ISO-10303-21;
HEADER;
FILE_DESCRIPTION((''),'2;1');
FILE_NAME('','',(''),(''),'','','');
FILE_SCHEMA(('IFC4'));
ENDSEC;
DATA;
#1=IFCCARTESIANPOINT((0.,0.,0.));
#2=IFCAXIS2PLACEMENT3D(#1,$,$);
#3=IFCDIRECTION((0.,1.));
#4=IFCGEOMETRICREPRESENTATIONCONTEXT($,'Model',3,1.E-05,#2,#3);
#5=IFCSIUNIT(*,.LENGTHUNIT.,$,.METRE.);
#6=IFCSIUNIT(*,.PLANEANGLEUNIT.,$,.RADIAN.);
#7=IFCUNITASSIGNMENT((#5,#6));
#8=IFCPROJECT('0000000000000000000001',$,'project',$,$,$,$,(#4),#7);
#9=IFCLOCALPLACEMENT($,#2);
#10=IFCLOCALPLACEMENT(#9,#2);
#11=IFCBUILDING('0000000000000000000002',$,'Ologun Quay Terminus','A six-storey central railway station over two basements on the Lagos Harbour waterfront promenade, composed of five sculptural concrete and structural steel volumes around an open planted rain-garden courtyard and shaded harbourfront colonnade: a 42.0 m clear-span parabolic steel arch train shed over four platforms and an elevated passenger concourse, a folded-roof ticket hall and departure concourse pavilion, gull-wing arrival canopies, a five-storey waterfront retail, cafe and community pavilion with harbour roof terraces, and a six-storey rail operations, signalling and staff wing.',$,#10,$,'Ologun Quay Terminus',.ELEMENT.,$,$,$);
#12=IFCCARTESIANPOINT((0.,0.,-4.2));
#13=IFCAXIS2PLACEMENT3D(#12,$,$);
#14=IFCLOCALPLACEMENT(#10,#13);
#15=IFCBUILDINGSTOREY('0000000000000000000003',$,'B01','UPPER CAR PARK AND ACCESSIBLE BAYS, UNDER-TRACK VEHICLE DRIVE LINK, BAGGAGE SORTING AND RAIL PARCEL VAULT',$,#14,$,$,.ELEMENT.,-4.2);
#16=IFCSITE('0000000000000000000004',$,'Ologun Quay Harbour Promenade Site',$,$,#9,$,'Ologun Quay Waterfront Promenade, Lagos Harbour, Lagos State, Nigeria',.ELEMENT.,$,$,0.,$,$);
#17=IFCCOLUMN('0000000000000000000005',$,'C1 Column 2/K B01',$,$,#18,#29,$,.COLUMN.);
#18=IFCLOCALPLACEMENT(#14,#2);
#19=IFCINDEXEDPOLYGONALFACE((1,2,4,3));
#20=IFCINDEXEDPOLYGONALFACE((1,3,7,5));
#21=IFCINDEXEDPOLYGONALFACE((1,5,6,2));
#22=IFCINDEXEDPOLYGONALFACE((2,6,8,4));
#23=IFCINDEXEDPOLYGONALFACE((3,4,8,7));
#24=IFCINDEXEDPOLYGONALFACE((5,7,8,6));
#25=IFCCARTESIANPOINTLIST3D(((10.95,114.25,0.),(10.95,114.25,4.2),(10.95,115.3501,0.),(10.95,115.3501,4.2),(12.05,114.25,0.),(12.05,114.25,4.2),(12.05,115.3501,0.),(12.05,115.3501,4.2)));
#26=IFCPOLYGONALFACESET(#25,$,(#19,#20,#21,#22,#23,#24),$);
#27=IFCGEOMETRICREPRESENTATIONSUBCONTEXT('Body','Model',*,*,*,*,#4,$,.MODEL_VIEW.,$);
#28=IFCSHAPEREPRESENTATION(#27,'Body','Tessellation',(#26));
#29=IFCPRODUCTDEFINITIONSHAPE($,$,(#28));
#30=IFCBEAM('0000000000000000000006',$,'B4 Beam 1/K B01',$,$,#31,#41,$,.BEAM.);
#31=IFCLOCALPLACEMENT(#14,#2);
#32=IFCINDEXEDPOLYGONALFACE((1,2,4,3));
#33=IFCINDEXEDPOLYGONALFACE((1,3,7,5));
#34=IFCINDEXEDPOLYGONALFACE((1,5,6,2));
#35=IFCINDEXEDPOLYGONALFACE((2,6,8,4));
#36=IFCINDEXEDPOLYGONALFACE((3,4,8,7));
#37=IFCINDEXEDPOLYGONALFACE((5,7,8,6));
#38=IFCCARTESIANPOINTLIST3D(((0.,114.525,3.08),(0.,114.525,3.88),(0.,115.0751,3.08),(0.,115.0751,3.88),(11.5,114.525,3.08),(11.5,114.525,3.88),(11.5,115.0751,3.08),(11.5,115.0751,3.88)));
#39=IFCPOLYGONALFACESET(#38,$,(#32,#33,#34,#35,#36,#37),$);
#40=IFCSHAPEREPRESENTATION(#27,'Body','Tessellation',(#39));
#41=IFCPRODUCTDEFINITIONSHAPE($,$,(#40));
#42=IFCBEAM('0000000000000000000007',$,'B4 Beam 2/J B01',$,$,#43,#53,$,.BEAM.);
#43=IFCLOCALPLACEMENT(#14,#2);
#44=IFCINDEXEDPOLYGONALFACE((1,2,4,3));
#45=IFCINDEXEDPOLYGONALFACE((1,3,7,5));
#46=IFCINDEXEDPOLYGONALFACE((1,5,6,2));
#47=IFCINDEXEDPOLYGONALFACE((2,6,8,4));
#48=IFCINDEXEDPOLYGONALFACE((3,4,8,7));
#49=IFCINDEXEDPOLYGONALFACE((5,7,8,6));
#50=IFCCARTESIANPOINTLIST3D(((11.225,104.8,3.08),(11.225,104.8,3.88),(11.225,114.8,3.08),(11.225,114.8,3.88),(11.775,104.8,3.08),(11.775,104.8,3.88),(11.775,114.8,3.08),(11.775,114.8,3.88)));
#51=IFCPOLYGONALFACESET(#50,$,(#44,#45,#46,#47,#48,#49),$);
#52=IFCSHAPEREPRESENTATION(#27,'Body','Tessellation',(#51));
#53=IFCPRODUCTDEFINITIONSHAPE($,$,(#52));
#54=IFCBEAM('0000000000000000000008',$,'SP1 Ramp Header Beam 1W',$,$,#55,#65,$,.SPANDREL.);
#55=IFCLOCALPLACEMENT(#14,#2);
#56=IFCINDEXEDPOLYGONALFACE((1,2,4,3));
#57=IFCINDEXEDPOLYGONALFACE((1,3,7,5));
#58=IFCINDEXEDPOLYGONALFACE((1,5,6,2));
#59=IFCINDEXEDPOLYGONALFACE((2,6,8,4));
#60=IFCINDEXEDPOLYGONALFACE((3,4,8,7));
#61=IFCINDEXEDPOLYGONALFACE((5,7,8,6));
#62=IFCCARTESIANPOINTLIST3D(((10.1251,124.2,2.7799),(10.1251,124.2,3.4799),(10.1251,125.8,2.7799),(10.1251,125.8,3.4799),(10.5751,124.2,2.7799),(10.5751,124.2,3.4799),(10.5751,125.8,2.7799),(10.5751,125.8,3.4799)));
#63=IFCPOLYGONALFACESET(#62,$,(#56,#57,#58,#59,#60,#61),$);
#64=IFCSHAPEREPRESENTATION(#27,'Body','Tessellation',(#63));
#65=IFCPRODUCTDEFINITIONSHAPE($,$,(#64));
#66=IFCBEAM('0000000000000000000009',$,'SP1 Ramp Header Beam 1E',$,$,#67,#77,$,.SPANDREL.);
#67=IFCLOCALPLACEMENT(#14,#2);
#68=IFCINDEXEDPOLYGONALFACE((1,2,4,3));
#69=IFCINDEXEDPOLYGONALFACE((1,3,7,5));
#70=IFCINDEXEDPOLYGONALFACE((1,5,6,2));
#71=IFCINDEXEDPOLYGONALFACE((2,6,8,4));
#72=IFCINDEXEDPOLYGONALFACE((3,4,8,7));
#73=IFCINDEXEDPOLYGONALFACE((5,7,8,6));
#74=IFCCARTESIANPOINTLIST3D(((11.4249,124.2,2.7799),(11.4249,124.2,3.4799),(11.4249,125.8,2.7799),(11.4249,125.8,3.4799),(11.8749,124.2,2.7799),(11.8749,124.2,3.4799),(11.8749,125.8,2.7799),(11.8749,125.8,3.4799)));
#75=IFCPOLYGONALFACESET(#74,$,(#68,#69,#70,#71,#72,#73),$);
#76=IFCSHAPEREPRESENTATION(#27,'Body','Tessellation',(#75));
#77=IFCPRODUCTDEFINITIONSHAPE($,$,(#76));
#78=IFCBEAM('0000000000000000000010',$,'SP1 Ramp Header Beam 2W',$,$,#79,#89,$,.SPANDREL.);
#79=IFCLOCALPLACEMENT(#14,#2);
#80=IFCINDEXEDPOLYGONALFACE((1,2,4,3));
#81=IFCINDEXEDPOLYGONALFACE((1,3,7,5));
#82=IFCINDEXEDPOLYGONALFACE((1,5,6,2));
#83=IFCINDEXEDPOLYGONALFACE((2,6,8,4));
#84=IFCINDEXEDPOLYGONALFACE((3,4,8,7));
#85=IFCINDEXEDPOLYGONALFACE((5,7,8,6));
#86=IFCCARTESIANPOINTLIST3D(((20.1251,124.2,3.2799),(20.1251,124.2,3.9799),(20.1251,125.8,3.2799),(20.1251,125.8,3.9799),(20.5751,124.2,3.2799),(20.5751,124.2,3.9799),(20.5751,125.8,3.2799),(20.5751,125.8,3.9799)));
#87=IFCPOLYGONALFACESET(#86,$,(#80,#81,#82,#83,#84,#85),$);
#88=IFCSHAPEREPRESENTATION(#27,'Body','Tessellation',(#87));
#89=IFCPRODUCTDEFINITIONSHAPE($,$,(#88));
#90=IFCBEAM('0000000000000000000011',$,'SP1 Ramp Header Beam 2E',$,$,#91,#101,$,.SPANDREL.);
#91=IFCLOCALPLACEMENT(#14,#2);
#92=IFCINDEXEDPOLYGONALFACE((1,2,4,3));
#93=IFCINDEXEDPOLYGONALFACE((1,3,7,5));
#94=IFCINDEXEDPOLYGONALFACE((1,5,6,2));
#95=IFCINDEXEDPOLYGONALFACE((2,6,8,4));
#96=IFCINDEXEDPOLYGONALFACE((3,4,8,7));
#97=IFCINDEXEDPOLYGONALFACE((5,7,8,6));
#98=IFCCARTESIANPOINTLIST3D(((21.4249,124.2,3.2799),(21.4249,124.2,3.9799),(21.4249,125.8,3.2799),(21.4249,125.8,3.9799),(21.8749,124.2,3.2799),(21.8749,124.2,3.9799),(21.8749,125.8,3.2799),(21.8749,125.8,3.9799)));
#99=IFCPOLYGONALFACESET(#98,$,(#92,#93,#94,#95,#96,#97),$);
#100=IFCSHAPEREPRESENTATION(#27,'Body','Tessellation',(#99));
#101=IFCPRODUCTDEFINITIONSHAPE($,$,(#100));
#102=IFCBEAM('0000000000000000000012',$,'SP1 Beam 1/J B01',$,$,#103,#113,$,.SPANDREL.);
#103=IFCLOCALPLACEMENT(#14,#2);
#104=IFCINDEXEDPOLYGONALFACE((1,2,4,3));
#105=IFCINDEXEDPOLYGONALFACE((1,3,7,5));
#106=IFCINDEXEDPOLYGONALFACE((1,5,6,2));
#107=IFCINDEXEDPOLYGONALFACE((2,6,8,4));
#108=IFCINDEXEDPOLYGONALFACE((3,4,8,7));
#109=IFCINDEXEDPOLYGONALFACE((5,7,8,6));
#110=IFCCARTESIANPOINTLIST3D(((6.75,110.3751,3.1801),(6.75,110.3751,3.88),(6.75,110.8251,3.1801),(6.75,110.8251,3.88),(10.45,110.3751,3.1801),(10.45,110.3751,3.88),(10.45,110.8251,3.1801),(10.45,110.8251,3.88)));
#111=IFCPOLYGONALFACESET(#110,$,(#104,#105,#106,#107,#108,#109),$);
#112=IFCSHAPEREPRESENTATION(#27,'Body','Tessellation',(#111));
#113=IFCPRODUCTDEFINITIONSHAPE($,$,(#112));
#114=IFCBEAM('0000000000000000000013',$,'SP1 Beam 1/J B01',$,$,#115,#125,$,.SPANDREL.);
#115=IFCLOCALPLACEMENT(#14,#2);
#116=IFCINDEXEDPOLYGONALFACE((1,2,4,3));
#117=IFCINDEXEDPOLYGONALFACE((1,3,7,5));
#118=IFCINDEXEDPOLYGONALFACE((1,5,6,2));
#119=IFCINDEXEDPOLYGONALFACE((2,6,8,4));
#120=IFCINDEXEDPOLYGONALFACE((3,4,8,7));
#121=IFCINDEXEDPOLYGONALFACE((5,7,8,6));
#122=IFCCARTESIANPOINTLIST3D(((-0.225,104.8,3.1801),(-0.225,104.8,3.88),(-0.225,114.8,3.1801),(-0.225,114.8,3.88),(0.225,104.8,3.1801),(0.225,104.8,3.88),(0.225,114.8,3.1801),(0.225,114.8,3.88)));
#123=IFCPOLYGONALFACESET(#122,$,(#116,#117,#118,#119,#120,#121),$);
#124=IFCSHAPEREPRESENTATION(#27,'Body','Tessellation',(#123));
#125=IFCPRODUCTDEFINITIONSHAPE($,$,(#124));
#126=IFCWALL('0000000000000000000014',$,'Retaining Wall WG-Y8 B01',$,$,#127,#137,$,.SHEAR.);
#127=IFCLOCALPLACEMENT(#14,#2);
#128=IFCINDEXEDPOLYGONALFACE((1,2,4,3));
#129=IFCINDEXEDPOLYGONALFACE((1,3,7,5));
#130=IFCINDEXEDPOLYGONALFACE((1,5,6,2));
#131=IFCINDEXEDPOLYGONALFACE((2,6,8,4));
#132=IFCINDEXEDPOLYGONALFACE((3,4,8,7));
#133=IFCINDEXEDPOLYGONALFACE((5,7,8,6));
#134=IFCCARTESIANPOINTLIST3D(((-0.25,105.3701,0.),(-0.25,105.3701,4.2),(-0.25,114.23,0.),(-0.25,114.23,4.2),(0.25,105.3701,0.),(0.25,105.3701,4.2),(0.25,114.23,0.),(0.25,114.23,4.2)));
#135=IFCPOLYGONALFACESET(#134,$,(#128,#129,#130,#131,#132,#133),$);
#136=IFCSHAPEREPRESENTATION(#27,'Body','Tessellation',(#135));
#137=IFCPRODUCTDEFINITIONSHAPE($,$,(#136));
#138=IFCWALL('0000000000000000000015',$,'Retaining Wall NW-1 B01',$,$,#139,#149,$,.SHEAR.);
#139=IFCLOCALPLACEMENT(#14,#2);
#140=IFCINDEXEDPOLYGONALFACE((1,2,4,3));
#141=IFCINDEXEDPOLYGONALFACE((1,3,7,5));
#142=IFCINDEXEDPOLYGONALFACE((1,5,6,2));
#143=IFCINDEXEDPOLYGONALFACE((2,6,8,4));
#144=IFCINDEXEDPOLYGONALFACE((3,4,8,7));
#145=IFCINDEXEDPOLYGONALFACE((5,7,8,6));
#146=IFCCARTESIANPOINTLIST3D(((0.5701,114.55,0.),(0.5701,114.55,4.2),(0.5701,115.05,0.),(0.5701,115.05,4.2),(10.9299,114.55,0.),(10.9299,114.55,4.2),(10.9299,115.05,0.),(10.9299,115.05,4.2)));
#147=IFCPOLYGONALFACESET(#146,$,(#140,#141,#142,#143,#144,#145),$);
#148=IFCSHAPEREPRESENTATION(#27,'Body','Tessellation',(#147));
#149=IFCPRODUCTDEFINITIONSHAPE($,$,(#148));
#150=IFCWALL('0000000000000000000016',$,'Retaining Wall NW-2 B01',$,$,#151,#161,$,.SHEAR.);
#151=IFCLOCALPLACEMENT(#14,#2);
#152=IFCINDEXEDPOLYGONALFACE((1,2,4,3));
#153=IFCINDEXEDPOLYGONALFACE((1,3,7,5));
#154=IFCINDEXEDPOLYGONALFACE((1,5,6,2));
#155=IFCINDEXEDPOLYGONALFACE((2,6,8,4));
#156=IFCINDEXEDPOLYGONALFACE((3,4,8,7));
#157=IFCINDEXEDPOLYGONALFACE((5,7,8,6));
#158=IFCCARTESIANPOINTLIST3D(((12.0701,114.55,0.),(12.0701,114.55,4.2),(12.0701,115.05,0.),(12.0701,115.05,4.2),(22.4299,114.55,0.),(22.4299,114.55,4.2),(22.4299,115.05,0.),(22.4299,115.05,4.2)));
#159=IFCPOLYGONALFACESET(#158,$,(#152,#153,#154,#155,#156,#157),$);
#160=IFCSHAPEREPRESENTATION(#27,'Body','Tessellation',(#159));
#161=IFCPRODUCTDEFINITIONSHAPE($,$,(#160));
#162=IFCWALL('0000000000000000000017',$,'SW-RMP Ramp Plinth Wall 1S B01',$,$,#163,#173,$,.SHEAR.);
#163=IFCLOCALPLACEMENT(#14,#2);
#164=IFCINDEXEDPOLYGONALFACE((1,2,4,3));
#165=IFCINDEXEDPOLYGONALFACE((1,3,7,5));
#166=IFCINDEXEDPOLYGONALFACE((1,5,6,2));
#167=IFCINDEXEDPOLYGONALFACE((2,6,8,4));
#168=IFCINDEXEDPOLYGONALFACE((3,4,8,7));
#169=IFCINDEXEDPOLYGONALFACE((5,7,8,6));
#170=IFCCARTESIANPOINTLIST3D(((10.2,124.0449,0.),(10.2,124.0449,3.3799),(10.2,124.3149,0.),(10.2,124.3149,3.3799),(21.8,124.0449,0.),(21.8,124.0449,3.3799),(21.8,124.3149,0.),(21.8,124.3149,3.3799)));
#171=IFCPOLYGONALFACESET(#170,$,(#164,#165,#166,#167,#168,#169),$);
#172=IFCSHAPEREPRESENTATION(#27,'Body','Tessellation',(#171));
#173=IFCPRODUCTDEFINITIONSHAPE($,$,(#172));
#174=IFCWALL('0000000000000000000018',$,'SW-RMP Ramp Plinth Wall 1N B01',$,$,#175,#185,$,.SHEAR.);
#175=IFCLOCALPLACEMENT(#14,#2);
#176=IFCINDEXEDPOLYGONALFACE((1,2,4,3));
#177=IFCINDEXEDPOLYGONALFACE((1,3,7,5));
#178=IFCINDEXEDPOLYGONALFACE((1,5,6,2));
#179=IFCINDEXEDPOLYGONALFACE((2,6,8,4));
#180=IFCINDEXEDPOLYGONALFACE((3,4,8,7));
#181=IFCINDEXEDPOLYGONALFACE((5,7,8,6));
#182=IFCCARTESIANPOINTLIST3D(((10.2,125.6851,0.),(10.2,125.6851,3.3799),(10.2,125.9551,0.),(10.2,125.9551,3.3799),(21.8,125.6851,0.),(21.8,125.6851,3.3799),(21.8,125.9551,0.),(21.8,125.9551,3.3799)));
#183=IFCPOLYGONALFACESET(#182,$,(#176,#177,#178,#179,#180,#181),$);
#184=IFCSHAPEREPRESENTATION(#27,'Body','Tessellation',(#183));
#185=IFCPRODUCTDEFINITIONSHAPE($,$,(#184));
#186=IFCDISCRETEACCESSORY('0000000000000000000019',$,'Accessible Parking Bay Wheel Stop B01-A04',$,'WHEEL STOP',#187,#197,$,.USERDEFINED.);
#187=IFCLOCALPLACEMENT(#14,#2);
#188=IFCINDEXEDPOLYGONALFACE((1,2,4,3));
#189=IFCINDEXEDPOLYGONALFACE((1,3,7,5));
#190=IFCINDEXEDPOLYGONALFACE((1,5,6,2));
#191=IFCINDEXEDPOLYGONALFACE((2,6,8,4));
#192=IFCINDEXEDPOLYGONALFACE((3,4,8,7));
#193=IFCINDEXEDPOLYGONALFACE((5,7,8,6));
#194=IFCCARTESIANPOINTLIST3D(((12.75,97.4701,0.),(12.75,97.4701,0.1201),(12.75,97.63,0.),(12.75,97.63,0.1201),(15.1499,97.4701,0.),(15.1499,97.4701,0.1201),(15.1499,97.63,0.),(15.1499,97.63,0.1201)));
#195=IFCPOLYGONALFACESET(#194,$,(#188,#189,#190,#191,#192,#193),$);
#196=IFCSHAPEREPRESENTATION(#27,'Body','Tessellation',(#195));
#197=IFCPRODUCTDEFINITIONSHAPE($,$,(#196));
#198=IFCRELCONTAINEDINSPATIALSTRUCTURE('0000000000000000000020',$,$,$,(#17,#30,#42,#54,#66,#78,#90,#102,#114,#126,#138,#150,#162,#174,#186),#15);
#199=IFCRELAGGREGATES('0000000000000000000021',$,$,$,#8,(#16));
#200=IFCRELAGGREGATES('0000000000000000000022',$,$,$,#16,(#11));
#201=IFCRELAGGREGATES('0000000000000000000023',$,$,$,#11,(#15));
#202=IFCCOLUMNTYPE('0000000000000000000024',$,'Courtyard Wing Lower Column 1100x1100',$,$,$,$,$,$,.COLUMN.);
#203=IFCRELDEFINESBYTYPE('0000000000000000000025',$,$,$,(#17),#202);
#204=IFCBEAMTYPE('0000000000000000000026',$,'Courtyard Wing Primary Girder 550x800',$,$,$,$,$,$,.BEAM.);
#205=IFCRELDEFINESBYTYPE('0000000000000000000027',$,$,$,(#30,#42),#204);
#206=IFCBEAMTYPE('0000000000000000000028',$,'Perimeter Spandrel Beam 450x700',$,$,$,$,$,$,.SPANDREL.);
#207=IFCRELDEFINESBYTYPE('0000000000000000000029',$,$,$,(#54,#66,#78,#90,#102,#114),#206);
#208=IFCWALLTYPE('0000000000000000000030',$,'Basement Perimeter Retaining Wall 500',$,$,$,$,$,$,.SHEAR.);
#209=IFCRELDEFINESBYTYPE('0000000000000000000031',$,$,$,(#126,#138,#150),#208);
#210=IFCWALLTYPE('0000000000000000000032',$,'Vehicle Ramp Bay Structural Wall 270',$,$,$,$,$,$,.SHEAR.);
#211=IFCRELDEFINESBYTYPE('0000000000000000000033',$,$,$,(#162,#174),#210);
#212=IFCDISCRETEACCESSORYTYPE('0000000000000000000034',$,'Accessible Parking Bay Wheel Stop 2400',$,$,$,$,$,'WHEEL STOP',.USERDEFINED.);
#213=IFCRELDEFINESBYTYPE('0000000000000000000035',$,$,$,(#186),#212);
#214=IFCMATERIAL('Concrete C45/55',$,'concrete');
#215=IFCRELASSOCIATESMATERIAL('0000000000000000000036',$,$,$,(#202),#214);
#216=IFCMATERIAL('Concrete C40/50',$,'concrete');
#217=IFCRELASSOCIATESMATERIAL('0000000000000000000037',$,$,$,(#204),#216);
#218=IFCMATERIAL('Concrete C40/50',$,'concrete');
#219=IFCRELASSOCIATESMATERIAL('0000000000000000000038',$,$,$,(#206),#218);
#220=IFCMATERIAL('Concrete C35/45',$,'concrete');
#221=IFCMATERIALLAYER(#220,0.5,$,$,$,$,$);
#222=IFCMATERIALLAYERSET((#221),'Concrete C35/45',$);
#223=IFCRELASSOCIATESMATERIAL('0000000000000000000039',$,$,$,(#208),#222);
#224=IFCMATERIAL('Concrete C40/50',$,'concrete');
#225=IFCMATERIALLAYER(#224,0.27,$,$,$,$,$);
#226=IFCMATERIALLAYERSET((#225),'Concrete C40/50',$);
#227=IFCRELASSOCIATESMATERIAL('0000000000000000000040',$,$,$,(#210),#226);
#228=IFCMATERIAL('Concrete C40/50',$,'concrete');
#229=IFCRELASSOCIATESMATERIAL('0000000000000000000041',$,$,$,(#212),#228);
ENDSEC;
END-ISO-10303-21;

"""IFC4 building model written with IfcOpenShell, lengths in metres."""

from ifc_helpers import new_model, si_unit, direction, frame, frame_2d, origin, origin_2d, place, context, subcontext, project, spatial, rectangle, extrude, material, layer, layer_set, material_profile, profile_set, type_object, element, save


model = new_model("IFC4")

# Units and contexts
model_context = context("Model", 3, precision=1e-05, world=origin(), true_north=direction((0.0, 1.0)))
body_context = subcontext(model_context, "Body", "Model", "MODEL_VIEW")
ifc_project = project(units=[si_unit("LENGTHUNIT", "METRE"), si_unit("PLANEANGLEUNIT", "RADIAN")], contexts=[model_context])

# Site, building, storey
site_placement = place(None, origin())
site = spatial("IfcSite", under=ifc_project, at=site_placement, Name="Ologun Quay Harbour Promenade Site", LongName="Ologun Quay Waterfront Promenade, Lagos Harbour, Lagos State, Nigeria", CompositionType="ELEMENT", RefElevation=0.0)
building_placement = place(site_placement, origin())
building = spatial("IfcBuilding", under=site, at=building_placement, Name="Ologun Quay Terminus", Description="A six-storey central railway station over two basements on the Lagos Harbour waterfront promenade, composed of five sculptural concrete and structural steel volumes around an open planted rain-garden courtyard and shaded harbourfront colonnade: a 42.0 m clear-span parabolic steel arch train shed over four platforms and an elevated passenger concourse, a folded-roof ticket hall and departure concourse pavilion, gull-wing arrival canopies, a five-storey waterfront retail, cafe and community pavilion with harbour roof terraces, and a six-storey rail operations, signalling and staff wing.", LongName="Ologun Quay Terminus", CompositionType="ELEMENT")
storey_placement = place(building_placement, frame((0.0, 0.0, -4.2)))
storey = spatial("IfcBuildingStorey", under=building, at=storey_placement, Name="B01", Description="UPPER CAR PARK AND ACCESSIBLE BAYS, UNDER-TRACK VEHICLE DRIVE LINK, BAGGAGE SORTING AND RAIL PARCEL VAULT", CompositionType="ELEMENT", Elevation=-4.2)

# Column
ifc_material_1 = material(Name="Concrete C45/55", Category="concrete")
ifc_material_profile_1 = material_profile(ifc_material_1, rectangle(XDim=1.1001, YDim=1.1001, at=origin_2d()), Name="RC 1100x1100")
ifc_profile_set_1 = profile_set([ifc_material_profile_1], Name="Concrete C45/55")
column_type_1 = type_object("IfcColumnType", Name="Courtyard Wing Lower Column 1100x1100", PredefinedType="COLUMN", material=ifc_profile_set_1)
for number, where, z_axis, x_axis, name in (
    (1, (11.5, 114.8, 0.0), (0.0, 0.0, 1.0), (1.0, 0.0, 0.0), "C1 Column 2/K B01"),
):
    element("IfcColumn", number, at=place(storey_placement, frame(where, z_axis=z_axis, x_axis=x_axis)), inside=storey, type_object=column_type_1, Name=name, PredefinedType="COLUMN", context=body_context, shape_type="SweptSolid", body=[
        extrude(rectangle(XDim=1.1001, YDim=1.1001, at=origin_2d()), origin(), (0.0, 0.0, 1.0), 4.2),
    ])

# Beams
ifc_material_2 = material(Name="Concrete C40/50", Category="concrete")
ifc_material_profile_2 = material_profile(ifc_material_2, rectangle(XDim=0.55, YDim=0.8, at=origin_2d()), Name="RC 550x800")
ifc_profile_set_2 = profile_set([ifc_material_profile_2], Name="Concrete C40/50")
beam_type_1 = type_object("IfcBeamType", Name="Courtyard Wing Primary Girder 550x800", PredefinedType="BEAM", material=ifc_profile_set_2)
beam_1_placement = place(storey_placement, frame((0.0, 114.8, 3.48), z_axis=(1.0, 0.0, 0.0), x_axis=(0.0, 1.0, 0.0)))
element("IfcBeam", 2, at=beam_1_placement, inside=storey, type_object=beam_type_1, Name="B4 Beam 1/K B01", PredefinedType="BEAM", context=body_context, shape_type="SweptSolid", body=[
    extrude(rectangle(XDim=0.55, YDim=0.8, at=origin_2d()), origin(), (0.0, 0.0, 1.0), 11.5),
])
beam_2_placement = place(storey_placement, frame((11.5, 104.8, 3.48), z_axis=(0.0, 1.0, 0.0), x_axis=(-1.0, 0.0, 0.0)))
element("IfcBeam", 3, at=beam_2_placement, inside=storey, type_object=beam_type_1, Name="B4 Beam 2/J B01", PredefinedType="BEAM", context=body_context, shape_type="SweptSolid", body=[
    extrude(rectangle(XDim=0.55, YDim=0.8, at=origin_2d()), origin(), (0.0, 0.0, 1.0), 10.0),
])
ifc_material_3 = material(Name="Concrete C40/50", Category="concrete")
ifc_material_profile_3 = material_profile(ifc_material_3, rectangle(XDim=0.45, YDim=0.7, at=origin_2d()), Name="RC 450x700")
ifc_profile_set_3 = profile_set([ifc_material_profile_3], Name="Concrete C40/50")
beam_type_2 = type_object("IfcBeamType", Name="Perimeter Spandrel Beam 450x700", PredefinedType="SPANDREL", material=ifc_profile_set_3)
for number, where, z_axis, x_axis, name in (
    (4, (10.3501, 124.2, 3.1299), (0.0, 1.0, 0.0), (-1.0, 0.0, 0.0), "SP1 Ramp Header Beam 1W"),
    (5, (11.6499, 124.2, 3.1299), (0.0, 1.0, 0.0), (-1.0, 0.0, 0.0), "SP1 Ramp Header Beam 1E"),
    (6, (20.3501, 124.2, 3.6299), (0.0, 1.0, 0.0), (-1.0, 0.0, 0.0), "SP1 Ramp Header Beam 2W"),
    (7, (21.6499, 124.2, 3.6299), (0.0, 1.0, 0.0), (-1.0, 0.0, 0.0), "SP1 Ramp Header Beam 2E"),
):
    element("IfcBeam", number, at=place(storey_placement, frame(where, z_axis=z_axis, x_axis=x_axis)), inside=storey, type_object=beam_type_2, Name=name, PredefinedType="SPANDREL", context=body_context, shape_type="SweptSolid", body=[
        extrude(rectangle(XDim=0.45, YDim=0.7, at=origin_2d()), origin(), (0.0, 0.0, 1.0), 1.6001),
    ])
beam_3_placement = place(storey_placement, frame((6.75, 110.6001, 3.53), z_axis=(1.0, 0.0, 0.0), x_axis=(0.0, 1.0, 0.0)))
element("IfcBeam", 8, at=beam_3_placement, inside=storey, type_object=beam_type_2, Name="SP1 Beam 1/J B01", PredefinedType="SPANDREL", context=body_context, shape_type="SweptSolid", body=[
    extrude(rectangle(XDim=0.45, YDim=0.7, at=origin_2d()), origin(), (0.0, 0.0, 1.0), 3.7),
])
beam_4_placement = place(storey_placement, frame((0.0, 104.8, 3.53), z_axis=(0.0, 1.0, 0.0), x_axis=(-1.0, 0.0, 0.0)))
element("IfcBeam", 9, at=beam_4_placement, inside=storey, type_object=beam_type_2, Name="SP1 Beam 1/J B01", PredefinedType="SPANDREL", context=body_context, shape_type="SweptSolid", body=[
    extrude(rectangle(XDim=0.45, YDim=0.7, at=origin_2d()), origin(), (0.0, 0.0, 1.0), 10.0),
])

# Walls
ifc_material_4 = material(Name="Concrete C35/45", Category="concrete")
ifc_layer_1 = layer(ifc_material_4, 0.5)
ifc_layer_set_1 = layer_set([ifc_layer_1], Name="Concrete C35/45")
wall_type_1 = type_object("IfcWallType", Name="Basement Perimeter Retaining Wall 500", PredefinedType="SHEAR", material=ifc_layer_set_1)
wall_placement = place(storey_placement, frame((0.0, 105.3701, 0.0), z_axis=(0.0, 0.0, 1.0), x_axis=(0.0, 1.0, 0.0)))
element("IfcWall", 10, at=wall_placement, inside=storey, type_object=wall_type_1, Name="Retaining Wall WG-Y8 B01", PredefinedType="SHEAR", context=body_context, shape_type="SweptSolid", body=[
    extrude(rectangle(XDim=8.8599, YDim=0.5, at=frame_2d((4.4299, 0.0))), origin(), (0.0, 0.0, 1.0), 4.2),
])
for number, where, z_axis, x_axis, name in (
    (11, (0.5701, 114.8, 0.0), (0.0, 0.0, 1.0), (1.0, 0.0, 0.0), "Retaining Wall NW-1 B01"),
    (12, (12.0701, 114.8, 0.0), (0.0, 0.0, 1.0), (1.0, 0.0, 0.0), "Retaining Wall NW-2 B01"),
):
    element("IfcWall", number, at=place(storey_placement, frame(where, z_axis=z_axis, x_axis=x_axis)), inside=storey, type_object=wall_type_1, Name=name, PredefinedType="SHEAR", context=body_context, shape_type="SweptSolid", body=[
        extrude(rectangle(XDim=10.3599, YDim=0.5, at=frame_2d((5.1799, 0.0))), origin(), (0.0, 0.0, 1.0), 4.2),
    ])
ifc_material_5 = material(Name="Concrete C40/50", Category="concrete")
ifc_layer_2 = layer(ifc_material_5, 0.27)
ifc_layer_set_2 = layer_set([ifc_layer_2], Name="Concrete C40/50")
wall_type_2 = type_object("IfcWallType", Name="Vehicle Ramp Bay Structural Wall 270", PredefinedType="SHEAR", material=ifc_layer_set_2)
for number, where, z_axis, x_axis, name in (
    (13, (10.2, 124.1799, 0.0), (0.0, 0.0, 1.0), (1.0, 0.0, 0.0), "SW-RMP Ramp Plinth Wall 1S B01"),
    (14, (10.2, 125.8201, 0.0), (0.0, 0.0, 1.0), (1.0, 0.0, 0.0), "SW-RMP Ramp Plinth Wall 1N B01"),
):
    element("IfcWall", number, at=place(storey_placement, frame(where, z_axis=z_axis, x_axis=x_axis)), inside=storey, type_object=wall_type_2, Name=name, PredefinedType="SHEAR", context=body_context, shape_type="SweptSolid", body=[
        extrude(rectangle(XDim=11.6001, YDim=0.27, at=frame_2d((5.8, 0.0))), origin(), (0.0, 0.0, 1.0), 3.3799),
    ])

# Discrete accessory
ifc_material_6 = material(Name="Concrete C40/50", Category="concrete")
discrete_accessory_type_1 = type_object("IfcDiscreteAccessoryType", Name="Accessible Parking Bay Wheel Stop 2400", ElementType="WHEEL STOP", PredefinedType="USERDEFINED", material=ifc_material_6)
discrete_accessory_placement = place(storey_placement, frame((13.95, 97.55, 0.0), z_axis=(0.0, 0.0, 1.0), x_axis=(1.0, 0.0, 0.0)))
element("IfcDiscreteAccessory", 15, at=discrete_accessory_placement, inside=storey, type_object=discrete_accessory_type_1, Name="Accessible Parking Bay Wheel Stop B01-A04", ObjectType="WHEEL STOP", PredefinedType="USERDEFINED", context=body_context, shape_type="SweptSolid", body=[
    extrude(rectangle(XDim=2.3999, YDim=0.1599, at=origin_2d()), origin(), (0.0, 0.0, 1.0), 0.1201),
])

save(model, "model.ifc")
